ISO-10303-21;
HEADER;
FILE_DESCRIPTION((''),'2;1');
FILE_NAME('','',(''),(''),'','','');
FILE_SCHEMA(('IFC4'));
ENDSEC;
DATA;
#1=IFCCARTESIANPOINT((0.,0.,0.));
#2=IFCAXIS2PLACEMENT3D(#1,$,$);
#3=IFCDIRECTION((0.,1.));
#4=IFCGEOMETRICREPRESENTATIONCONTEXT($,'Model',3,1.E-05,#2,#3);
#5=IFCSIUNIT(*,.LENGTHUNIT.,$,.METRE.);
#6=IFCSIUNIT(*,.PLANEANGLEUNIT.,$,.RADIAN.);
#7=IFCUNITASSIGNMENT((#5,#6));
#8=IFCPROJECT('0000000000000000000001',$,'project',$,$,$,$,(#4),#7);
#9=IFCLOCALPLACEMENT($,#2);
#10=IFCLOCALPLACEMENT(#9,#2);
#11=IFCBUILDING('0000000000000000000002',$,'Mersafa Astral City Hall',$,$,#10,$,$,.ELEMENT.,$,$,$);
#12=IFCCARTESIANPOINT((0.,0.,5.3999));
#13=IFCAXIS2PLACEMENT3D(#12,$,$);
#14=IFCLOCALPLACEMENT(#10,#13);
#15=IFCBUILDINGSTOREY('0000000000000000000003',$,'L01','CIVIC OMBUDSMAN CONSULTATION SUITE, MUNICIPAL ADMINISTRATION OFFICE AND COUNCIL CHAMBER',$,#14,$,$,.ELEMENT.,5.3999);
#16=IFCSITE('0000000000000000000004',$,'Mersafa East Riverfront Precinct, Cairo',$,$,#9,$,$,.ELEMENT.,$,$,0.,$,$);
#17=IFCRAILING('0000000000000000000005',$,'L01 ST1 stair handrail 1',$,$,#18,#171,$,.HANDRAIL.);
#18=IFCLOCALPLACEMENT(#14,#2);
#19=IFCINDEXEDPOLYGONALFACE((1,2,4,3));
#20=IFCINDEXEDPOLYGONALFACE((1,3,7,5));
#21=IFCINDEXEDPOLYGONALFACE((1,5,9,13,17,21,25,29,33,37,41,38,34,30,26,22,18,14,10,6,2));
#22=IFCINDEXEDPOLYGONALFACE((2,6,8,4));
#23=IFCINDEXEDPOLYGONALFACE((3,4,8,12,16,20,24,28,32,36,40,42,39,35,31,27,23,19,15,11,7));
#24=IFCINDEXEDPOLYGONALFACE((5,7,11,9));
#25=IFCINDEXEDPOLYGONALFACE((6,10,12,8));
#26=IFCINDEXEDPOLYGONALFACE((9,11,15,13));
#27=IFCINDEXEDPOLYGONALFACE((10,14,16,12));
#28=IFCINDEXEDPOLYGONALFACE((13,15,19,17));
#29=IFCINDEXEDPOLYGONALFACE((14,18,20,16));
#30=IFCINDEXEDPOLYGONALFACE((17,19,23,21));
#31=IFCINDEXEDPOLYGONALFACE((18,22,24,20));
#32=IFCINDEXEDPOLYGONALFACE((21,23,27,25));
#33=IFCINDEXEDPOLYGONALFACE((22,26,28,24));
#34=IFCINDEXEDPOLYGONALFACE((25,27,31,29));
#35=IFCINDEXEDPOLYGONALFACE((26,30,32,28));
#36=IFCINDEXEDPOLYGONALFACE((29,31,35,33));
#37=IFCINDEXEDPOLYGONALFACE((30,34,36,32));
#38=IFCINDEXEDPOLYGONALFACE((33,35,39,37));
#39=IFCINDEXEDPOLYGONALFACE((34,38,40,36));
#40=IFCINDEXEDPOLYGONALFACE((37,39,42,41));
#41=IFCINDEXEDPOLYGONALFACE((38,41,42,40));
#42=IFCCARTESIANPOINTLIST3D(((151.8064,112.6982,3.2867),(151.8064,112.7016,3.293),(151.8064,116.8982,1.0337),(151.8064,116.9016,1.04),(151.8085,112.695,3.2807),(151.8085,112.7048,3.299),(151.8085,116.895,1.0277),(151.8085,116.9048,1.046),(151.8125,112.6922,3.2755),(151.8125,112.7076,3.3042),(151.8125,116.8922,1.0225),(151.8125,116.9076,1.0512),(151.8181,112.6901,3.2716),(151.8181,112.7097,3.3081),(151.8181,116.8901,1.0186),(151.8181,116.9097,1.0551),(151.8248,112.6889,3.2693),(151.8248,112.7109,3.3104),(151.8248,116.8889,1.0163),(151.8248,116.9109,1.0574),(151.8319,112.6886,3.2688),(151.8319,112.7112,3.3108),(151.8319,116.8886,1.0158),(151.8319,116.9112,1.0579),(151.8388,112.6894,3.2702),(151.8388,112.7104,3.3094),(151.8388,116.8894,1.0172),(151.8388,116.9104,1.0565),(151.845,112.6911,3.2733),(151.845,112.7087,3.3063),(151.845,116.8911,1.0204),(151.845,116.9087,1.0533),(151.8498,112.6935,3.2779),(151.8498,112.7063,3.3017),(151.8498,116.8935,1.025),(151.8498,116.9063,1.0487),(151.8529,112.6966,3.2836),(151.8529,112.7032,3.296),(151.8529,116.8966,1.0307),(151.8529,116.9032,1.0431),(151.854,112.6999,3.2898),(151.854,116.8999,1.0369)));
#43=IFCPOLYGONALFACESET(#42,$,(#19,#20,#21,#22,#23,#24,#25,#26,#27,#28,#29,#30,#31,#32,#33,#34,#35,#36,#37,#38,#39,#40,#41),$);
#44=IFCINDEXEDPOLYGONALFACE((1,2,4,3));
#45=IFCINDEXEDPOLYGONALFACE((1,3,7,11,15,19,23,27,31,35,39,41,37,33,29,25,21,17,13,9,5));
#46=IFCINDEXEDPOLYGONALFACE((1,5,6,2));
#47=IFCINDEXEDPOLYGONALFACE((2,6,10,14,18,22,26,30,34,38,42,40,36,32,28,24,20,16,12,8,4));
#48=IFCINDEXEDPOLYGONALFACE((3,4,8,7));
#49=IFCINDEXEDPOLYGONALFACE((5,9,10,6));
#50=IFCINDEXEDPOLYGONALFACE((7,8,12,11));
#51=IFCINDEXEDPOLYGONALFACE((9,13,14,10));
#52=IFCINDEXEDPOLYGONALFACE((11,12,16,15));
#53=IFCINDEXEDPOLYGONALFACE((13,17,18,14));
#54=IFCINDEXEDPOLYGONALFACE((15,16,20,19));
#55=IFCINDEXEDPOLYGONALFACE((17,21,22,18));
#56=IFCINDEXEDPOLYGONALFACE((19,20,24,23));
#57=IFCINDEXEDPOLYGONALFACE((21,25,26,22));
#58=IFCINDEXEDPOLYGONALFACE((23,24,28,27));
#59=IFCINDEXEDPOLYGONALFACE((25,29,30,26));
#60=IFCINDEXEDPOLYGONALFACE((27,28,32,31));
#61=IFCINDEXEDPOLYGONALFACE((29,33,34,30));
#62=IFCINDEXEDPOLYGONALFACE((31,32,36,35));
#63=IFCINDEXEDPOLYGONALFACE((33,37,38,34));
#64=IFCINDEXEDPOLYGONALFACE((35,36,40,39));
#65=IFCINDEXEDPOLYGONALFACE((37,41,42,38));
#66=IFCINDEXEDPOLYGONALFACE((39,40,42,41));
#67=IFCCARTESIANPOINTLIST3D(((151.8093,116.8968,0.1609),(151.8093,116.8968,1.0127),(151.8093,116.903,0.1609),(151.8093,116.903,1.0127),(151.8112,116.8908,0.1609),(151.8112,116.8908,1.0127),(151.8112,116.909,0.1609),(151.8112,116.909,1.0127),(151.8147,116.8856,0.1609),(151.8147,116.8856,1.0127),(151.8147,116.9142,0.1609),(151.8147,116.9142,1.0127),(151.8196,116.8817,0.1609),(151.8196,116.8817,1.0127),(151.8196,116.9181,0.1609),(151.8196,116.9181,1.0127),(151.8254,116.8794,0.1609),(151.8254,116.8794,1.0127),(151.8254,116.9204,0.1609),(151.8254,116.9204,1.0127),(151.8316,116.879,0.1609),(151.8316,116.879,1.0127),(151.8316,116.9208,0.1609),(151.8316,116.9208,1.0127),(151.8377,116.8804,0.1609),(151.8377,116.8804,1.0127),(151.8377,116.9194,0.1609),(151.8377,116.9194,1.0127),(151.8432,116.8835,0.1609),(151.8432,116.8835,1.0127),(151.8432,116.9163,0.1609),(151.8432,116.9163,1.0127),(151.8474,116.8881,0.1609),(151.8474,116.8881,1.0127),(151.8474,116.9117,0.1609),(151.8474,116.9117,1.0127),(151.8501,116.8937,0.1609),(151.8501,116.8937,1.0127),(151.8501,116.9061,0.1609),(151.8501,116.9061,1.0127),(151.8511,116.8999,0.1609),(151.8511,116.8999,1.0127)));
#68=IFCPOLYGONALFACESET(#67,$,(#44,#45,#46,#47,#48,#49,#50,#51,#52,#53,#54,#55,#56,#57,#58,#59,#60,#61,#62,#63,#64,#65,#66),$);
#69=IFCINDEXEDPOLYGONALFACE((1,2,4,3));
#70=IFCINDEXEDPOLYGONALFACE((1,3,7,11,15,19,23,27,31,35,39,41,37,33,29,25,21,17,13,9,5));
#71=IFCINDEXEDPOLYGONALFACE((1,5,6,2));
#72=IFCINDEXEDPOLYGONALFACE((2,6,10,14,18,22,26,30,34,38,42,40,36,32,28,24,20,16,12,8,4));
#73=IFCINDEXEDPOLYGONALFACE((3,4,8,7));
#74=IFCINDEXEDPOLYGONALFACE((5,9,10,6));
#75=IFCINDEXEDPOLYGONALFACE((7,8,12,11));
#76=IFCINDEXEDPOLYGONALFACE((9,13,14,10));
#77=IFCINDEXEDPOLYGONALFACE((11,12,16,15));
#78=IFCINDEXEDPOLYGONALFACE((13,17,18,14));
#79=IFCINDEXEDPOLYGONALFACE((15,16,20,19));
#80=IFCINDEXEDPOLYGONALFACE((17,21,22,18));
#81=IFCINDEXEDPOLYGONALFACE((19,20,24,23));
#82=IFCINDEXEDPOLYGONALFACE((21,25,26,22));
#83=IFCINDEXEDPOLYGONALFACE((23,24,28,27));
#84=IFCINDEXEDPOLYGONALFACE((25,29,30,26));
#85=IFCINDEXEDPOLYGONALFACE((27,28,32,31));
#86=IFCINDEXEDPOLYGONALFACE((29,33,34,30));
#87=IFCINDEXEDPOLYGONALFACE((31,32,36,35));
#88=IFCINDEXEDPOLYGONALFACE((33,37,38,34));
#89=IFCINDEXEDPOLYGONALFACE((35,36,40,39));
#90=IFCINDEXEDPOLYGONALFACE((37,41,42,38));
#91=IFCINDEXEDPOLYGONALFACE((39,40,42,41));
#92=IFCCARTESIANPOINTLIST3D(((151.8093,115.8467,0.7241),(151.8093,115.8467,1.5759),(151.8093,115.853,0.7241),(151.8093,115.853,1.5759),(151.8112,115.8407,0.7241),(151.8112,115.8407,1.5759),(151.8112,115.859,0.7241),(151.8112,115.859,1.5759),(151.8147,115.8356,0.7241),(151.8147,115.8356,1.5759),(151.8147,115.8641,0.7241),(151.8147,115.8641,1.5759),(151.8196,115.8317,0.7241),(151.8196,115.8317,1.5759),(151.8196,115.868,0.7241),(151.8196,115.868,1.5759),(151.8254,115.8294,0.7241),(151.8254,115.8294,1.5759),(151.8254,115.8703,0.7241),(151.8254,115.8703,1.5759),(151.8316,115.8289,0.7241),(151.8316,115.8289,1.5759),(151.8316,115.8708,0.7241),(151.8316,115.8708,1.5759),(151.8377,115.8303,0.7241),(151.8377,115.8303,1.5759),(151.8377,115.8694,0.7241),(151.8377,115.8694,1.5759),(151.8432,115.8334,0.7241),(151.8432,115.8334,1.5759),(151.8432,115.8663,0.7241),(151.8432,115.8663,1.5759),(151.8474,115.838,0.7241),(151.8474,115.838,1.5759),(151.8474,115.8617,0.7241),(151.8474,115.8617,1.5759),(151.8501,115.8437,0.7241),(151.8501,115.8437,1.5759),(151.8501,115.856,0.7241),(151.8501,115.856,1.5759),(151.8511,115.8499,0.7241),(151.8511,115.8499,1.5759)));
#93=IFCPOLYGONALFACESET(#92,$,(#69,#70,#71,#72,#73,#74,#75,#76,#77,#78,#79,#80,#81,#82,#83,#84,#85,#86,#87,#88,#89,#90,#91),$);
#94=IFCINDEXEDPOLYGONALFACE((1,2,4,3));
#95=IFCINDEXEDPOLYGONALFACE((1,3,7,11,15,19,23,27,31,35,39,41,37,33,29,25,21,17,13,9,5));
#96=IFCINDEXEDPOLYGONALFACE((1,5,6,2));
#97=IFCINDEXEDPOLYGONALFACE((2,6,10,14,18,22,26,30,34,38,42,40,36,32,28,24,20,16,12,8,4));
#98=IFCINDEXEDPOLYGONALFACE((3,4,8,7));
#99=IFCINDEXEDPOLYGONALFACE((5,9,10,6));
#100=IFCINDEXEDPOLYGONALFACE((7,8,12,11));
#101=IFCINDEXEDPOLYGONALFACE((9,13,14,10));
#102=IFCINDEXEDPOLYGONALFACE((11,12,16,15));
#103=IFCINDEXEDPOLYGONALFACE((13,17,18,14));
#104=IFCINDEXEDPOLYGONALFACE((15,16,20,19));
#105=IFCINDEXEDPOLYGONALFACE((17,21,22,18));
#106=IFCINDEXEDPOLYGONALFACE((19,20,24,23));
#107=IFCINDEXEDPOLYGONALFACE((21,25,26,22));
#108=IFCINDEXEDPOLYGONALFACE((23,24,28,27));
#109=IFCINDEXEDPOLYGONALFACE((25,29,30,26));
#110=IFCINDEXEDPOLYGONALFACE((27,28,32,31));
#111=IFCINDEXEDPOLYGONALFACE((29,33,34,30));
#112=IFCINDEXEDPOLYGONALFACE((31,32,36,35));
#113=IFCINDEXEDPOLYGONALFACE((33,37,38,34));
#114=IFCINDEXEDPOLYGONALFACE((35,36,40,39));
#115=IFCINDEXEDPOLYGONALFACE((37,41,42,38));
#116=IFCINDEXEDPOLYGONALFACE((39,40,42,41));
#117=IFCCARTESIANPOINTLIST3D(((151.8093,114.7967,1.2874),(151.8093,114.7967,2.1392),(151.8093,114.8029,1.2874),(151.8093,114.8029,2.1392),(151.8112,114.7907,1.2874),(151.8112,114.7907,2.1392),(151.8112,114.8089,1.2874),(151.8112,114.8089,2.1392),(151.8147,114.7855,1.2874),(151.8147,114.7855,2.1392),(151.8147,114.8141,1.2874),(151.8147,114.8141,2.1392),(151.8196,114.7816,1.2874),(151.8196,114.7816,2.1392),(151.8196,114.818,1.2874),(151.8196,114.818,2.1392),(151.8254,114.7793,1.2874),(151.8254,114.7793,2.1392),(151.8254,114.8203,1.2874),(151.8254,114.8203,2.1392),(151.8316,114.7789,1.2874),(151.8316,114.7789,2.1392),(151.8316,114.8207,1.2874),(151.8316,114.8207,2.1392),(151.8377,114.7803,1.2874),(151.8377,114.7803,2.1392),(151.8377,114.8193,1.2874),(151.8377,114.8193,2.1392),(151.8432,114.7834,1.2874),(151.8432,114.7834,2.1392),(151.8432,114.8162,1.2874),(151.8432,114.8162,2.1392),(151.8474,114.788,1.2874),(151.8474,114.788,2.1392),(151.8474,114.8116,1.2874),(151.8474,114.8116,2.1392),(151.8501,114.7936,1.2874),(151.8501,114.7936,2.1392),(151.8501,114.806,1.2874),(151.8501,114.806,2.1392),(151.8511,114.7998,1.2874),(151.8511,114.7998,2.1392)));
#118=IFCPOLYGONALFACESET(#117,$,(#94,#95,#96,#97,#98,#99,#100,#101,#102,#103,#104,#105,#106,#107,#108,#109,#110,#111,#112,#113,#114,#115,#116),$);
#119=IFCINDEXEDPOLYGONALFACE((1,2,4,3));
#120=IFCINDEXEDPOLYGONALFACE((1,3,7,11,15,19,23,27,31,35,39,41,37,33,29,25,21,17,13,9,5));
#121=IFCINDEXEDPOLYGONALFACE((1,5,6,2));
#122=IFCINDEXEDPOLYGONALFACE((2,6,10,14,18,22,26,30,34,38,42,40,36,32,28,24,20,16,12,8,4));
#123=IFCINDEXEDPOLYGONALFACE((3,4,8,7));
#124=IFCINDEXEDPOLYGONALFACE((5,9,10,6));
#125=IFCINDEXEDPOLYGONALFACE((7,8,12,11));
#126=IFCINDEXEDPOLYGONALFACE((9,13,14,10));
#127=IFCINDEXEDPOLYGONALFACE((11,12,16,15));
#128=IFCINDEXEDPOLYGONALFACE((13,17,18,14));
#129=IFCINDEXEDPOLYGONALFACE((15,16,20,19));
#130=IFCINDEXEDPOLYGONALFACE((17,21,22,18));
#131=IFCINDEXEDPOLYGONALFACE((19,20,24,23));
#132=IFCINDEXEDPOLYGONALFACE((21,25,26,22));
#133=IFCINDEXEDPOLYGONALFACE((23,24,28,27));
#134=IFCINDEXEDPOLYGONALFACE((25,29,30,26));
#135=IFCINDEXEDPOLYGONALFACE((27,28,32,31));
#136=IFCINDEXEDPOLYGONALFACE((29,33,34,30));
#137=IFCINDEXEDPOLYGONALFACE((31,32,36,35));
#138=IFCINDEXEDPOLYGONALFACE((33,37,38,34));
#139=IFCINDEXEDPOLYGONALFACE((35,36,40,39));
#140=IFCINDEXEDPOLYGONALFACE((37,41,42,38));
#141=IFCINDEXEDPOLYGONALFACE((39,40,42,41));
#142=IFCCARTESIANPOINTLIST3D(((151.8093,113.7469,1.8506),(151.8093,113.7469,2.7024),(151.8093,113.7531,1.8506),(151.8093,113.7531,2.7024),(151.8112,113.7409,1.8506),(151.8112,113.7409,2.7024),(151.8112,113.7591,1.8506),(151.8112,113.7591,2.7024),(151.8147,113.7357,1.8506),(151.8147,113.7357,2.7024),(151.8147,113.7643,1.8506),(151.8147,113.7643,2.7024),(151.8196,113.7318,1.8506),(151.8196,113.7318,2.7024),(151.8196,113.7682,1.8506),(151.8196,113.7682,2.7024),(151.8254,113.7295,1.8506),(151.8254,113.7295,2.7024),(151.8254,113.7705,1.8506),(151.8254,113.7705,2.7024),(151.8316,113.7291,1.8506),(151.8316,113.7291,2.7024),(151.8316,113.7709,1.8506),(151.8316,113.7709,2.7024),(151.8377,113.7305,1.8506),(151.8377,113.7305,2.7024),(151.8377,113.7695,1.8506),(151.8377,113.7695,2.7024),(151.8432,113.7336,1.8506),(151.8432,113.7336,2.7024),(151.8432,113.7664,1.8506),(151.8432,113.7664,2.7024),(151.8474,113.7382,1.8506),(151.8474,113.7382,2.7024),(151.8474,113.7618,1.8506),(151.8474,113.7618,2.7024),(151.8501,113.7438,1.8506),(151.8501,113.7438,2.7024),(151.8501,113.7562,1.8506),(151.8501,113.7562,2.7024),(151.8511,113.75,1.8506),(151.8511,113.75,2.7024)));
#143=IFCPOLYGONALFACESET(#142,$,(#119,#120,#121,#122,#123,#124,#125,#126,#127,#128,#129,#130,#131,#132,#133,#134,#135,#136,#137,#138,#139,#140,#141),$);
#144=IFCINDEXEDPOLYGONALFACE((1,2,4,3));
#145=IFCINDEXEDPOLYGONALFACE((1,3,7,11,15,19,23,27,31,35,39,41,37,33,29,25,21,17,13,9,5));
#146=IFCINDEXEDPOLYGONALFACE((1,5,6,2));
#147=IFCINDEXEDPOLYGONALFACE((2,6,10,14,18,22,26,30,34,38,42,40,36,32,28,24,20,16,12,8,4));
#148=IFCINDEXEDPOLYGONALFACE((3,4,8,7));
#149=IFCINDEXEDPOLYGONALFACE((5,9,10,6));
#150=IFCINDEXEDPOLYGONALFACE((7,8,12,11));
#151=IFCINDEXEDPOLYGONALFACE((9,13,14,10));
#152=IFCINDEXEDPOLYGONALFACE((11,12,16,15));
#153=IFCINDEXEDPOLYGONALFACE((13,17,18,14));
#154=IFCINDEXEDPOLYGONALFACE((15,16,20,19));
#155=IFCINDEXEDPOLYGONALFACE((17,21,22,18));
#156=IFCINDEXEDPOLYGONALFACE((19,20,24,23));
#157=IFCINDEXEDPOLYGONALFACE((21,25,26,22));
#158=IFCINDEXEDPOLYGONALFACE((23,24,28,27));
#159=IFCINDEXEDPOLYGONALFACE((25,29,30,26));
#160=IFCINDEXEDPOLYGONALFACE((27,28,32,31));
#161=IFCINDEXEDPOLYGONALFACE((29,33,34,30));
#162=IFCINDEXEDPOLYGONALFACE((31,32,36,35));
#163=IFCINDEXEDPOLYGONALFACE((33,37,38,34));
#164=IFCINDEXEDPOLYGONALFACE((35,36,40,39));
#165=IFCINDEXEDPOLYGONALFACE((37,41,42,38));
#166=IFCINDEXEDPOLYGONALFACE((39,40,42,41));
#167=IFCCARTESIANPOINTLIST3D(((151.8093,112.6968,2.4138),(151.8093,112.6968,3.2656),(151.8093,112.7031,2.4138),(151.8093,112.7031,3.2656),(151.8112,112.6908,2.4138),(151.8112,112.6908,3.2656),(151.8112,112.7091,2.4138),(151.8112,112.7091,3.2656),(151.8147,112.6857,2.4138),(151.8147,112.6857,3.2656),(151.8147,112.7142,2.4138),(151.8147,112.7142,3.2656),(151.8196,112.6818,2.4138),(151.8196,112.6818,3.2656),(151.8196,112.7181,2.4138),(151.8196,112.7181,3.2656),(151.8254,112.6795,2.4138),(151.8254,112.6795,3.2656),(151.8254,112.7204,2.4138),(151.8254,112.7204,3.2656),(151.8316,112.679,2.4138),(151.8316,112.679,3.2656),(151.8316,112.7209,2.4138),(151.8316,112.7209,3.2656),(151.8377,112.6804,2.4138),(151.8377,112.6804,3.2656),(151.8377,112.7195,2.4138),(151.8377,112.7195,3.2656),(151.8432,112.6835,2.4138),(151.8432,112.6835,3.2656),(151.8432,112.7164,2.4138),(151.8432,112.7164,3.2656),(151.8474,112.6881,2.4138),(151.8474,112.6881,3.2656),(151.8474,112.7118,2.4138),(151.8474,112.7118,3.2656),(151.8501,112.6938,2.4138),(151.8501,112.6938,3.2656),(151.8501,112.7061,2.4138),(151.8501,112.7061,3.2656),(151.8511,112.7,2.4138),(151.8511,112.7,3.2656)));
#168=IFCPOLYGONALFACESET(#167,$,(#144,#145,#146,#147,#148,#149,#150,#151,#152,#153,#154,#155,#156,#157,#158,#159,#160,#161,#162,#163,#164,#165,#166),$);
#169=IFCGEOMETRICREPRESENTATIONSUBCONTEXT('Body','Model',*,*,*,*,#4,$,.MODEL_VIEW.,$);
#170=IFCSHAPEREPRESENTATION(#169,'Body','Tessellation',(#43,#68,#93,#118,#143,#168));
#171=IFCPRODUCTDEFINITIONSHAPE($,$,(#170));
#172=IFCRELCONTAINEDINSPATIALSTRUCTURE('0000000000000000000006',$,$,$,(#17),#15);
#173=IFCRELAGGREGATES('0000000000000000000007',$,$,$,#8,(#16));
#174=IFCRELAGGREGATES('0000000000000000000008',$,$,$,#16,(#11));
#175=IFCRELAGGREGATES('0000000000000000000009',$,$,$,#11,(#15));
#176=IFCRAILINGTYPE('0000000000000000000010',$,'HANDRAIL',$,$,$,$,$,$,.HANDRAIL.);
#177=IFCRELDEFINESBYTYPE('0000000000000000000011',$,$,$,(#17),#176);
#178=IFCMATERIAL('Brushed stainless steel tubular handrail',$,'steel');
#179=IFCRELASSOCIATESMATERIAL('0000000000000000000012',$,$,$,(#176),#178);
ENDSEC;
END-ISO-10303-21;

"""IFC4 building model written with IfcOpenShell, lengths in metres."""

from ifc_helpers import new_model, si_unit, direction, frame, origin, origin_2d, place, context, subcontext, project, spatial, circle, extrude, material, type_object, element, save


model = new_model("IFC4")

# Units and contexts
model_context = context("Model", 3, precision=1e-05, world=origin(), true_north=direction((0.0, 1.0)))
body_context = subcontext(model_context, "Body", "Model", "MODEL_VIEW")
ifc_project = project(units=[si_unit("LENGTHUNIT", "METRE"), si_unit("PLANEANGLEUNIT", "RADIAN")], contexts=[model_context])

# Site, building, storey
site_placement = place(None, origin())
site = spatial("IfcSite", under=ifc_project, at=site_placement, Name="Mersafa East Riverfront Precinct, Cairo", CompositionType="ELEMENT", RefElevation=0.0)
building_placement = place(site_placement, origin())
building = spatial("IfcBuilding", under=site, at=building_placement, Name="Mersafa Astral City Hall", CompositionType="ELEMENT")
storey_placement = place(building_placement, frame((0.0, 0.0, 5.3999)))
storey = spatial("IfcBuildingStorey", under=building, at=storey_placement, Name="L01", Description="CIVIC OMBUDSMAN CONSULTATION SUITE, MUNICIPAL ADMINISTRATION OFFICE AND COUNCIL CHAMBER", CompositionType="ELEMENT", Elevation=5.3999)

# Railing
ifc_material_1 = material(Name="Brushed stainless steel tubular handrail", Category="steel")
railing_type_1 = type_object("IfcRailingType", Name="HANDRAIL", PredefinedType="HANDRAIL", material=ifc_material_1)
railing_1_placement = place(storey_placement, frame((151.8301, 116.8999, 0.1609)))
element("IfcRailing", 1, at=railing_1_placement, inside=storey, type_object=railing_type_1, Name="L01 ST1 stair handrail 1", PredefinedType="HANDRAIL", context=body_context, shape_type="SweptSolid", body=[
    extrude(circle(Radius=0.0239, at=origin_2d()), frame((0.0, 0.0, 0.876), z_axis=(0.0, -0.881222, 0.472703), x_axis=(1.0, 0.0, 0.0)), (0.0, 0.0, 1.0), 4.7661),
    extrude(circle(Radius=0.021, at=origin_2d()), origin(), (0.0, 0.0, 1.0), 0.8518),
    extrude(circle(Radius=0.021, at=origin_2d()), frame((0.0, -1.05, 0.5632)), (0.0, 0.0, 1.0), 0.8518),
    extrude(circle(Radius=0.021, at=origin_2d()), frame((0.0, -2.1001, 1.1265)), (0.0, 0.0, 1.0), 0.8518),
    extrude(circle(Radius=0.021, at=origin_2d()), frame((0.0, -3.1499, 1.6897)), (0.0, 0.0, 1.0), 0.8518),
    extrude(circle(Radius=0.021, at=origin_2d()), frame((0.0, -4.2, 2.2529)), (0.0, 0.0, 1.0), 0.8518),
])

save(model, "model.ifc")
